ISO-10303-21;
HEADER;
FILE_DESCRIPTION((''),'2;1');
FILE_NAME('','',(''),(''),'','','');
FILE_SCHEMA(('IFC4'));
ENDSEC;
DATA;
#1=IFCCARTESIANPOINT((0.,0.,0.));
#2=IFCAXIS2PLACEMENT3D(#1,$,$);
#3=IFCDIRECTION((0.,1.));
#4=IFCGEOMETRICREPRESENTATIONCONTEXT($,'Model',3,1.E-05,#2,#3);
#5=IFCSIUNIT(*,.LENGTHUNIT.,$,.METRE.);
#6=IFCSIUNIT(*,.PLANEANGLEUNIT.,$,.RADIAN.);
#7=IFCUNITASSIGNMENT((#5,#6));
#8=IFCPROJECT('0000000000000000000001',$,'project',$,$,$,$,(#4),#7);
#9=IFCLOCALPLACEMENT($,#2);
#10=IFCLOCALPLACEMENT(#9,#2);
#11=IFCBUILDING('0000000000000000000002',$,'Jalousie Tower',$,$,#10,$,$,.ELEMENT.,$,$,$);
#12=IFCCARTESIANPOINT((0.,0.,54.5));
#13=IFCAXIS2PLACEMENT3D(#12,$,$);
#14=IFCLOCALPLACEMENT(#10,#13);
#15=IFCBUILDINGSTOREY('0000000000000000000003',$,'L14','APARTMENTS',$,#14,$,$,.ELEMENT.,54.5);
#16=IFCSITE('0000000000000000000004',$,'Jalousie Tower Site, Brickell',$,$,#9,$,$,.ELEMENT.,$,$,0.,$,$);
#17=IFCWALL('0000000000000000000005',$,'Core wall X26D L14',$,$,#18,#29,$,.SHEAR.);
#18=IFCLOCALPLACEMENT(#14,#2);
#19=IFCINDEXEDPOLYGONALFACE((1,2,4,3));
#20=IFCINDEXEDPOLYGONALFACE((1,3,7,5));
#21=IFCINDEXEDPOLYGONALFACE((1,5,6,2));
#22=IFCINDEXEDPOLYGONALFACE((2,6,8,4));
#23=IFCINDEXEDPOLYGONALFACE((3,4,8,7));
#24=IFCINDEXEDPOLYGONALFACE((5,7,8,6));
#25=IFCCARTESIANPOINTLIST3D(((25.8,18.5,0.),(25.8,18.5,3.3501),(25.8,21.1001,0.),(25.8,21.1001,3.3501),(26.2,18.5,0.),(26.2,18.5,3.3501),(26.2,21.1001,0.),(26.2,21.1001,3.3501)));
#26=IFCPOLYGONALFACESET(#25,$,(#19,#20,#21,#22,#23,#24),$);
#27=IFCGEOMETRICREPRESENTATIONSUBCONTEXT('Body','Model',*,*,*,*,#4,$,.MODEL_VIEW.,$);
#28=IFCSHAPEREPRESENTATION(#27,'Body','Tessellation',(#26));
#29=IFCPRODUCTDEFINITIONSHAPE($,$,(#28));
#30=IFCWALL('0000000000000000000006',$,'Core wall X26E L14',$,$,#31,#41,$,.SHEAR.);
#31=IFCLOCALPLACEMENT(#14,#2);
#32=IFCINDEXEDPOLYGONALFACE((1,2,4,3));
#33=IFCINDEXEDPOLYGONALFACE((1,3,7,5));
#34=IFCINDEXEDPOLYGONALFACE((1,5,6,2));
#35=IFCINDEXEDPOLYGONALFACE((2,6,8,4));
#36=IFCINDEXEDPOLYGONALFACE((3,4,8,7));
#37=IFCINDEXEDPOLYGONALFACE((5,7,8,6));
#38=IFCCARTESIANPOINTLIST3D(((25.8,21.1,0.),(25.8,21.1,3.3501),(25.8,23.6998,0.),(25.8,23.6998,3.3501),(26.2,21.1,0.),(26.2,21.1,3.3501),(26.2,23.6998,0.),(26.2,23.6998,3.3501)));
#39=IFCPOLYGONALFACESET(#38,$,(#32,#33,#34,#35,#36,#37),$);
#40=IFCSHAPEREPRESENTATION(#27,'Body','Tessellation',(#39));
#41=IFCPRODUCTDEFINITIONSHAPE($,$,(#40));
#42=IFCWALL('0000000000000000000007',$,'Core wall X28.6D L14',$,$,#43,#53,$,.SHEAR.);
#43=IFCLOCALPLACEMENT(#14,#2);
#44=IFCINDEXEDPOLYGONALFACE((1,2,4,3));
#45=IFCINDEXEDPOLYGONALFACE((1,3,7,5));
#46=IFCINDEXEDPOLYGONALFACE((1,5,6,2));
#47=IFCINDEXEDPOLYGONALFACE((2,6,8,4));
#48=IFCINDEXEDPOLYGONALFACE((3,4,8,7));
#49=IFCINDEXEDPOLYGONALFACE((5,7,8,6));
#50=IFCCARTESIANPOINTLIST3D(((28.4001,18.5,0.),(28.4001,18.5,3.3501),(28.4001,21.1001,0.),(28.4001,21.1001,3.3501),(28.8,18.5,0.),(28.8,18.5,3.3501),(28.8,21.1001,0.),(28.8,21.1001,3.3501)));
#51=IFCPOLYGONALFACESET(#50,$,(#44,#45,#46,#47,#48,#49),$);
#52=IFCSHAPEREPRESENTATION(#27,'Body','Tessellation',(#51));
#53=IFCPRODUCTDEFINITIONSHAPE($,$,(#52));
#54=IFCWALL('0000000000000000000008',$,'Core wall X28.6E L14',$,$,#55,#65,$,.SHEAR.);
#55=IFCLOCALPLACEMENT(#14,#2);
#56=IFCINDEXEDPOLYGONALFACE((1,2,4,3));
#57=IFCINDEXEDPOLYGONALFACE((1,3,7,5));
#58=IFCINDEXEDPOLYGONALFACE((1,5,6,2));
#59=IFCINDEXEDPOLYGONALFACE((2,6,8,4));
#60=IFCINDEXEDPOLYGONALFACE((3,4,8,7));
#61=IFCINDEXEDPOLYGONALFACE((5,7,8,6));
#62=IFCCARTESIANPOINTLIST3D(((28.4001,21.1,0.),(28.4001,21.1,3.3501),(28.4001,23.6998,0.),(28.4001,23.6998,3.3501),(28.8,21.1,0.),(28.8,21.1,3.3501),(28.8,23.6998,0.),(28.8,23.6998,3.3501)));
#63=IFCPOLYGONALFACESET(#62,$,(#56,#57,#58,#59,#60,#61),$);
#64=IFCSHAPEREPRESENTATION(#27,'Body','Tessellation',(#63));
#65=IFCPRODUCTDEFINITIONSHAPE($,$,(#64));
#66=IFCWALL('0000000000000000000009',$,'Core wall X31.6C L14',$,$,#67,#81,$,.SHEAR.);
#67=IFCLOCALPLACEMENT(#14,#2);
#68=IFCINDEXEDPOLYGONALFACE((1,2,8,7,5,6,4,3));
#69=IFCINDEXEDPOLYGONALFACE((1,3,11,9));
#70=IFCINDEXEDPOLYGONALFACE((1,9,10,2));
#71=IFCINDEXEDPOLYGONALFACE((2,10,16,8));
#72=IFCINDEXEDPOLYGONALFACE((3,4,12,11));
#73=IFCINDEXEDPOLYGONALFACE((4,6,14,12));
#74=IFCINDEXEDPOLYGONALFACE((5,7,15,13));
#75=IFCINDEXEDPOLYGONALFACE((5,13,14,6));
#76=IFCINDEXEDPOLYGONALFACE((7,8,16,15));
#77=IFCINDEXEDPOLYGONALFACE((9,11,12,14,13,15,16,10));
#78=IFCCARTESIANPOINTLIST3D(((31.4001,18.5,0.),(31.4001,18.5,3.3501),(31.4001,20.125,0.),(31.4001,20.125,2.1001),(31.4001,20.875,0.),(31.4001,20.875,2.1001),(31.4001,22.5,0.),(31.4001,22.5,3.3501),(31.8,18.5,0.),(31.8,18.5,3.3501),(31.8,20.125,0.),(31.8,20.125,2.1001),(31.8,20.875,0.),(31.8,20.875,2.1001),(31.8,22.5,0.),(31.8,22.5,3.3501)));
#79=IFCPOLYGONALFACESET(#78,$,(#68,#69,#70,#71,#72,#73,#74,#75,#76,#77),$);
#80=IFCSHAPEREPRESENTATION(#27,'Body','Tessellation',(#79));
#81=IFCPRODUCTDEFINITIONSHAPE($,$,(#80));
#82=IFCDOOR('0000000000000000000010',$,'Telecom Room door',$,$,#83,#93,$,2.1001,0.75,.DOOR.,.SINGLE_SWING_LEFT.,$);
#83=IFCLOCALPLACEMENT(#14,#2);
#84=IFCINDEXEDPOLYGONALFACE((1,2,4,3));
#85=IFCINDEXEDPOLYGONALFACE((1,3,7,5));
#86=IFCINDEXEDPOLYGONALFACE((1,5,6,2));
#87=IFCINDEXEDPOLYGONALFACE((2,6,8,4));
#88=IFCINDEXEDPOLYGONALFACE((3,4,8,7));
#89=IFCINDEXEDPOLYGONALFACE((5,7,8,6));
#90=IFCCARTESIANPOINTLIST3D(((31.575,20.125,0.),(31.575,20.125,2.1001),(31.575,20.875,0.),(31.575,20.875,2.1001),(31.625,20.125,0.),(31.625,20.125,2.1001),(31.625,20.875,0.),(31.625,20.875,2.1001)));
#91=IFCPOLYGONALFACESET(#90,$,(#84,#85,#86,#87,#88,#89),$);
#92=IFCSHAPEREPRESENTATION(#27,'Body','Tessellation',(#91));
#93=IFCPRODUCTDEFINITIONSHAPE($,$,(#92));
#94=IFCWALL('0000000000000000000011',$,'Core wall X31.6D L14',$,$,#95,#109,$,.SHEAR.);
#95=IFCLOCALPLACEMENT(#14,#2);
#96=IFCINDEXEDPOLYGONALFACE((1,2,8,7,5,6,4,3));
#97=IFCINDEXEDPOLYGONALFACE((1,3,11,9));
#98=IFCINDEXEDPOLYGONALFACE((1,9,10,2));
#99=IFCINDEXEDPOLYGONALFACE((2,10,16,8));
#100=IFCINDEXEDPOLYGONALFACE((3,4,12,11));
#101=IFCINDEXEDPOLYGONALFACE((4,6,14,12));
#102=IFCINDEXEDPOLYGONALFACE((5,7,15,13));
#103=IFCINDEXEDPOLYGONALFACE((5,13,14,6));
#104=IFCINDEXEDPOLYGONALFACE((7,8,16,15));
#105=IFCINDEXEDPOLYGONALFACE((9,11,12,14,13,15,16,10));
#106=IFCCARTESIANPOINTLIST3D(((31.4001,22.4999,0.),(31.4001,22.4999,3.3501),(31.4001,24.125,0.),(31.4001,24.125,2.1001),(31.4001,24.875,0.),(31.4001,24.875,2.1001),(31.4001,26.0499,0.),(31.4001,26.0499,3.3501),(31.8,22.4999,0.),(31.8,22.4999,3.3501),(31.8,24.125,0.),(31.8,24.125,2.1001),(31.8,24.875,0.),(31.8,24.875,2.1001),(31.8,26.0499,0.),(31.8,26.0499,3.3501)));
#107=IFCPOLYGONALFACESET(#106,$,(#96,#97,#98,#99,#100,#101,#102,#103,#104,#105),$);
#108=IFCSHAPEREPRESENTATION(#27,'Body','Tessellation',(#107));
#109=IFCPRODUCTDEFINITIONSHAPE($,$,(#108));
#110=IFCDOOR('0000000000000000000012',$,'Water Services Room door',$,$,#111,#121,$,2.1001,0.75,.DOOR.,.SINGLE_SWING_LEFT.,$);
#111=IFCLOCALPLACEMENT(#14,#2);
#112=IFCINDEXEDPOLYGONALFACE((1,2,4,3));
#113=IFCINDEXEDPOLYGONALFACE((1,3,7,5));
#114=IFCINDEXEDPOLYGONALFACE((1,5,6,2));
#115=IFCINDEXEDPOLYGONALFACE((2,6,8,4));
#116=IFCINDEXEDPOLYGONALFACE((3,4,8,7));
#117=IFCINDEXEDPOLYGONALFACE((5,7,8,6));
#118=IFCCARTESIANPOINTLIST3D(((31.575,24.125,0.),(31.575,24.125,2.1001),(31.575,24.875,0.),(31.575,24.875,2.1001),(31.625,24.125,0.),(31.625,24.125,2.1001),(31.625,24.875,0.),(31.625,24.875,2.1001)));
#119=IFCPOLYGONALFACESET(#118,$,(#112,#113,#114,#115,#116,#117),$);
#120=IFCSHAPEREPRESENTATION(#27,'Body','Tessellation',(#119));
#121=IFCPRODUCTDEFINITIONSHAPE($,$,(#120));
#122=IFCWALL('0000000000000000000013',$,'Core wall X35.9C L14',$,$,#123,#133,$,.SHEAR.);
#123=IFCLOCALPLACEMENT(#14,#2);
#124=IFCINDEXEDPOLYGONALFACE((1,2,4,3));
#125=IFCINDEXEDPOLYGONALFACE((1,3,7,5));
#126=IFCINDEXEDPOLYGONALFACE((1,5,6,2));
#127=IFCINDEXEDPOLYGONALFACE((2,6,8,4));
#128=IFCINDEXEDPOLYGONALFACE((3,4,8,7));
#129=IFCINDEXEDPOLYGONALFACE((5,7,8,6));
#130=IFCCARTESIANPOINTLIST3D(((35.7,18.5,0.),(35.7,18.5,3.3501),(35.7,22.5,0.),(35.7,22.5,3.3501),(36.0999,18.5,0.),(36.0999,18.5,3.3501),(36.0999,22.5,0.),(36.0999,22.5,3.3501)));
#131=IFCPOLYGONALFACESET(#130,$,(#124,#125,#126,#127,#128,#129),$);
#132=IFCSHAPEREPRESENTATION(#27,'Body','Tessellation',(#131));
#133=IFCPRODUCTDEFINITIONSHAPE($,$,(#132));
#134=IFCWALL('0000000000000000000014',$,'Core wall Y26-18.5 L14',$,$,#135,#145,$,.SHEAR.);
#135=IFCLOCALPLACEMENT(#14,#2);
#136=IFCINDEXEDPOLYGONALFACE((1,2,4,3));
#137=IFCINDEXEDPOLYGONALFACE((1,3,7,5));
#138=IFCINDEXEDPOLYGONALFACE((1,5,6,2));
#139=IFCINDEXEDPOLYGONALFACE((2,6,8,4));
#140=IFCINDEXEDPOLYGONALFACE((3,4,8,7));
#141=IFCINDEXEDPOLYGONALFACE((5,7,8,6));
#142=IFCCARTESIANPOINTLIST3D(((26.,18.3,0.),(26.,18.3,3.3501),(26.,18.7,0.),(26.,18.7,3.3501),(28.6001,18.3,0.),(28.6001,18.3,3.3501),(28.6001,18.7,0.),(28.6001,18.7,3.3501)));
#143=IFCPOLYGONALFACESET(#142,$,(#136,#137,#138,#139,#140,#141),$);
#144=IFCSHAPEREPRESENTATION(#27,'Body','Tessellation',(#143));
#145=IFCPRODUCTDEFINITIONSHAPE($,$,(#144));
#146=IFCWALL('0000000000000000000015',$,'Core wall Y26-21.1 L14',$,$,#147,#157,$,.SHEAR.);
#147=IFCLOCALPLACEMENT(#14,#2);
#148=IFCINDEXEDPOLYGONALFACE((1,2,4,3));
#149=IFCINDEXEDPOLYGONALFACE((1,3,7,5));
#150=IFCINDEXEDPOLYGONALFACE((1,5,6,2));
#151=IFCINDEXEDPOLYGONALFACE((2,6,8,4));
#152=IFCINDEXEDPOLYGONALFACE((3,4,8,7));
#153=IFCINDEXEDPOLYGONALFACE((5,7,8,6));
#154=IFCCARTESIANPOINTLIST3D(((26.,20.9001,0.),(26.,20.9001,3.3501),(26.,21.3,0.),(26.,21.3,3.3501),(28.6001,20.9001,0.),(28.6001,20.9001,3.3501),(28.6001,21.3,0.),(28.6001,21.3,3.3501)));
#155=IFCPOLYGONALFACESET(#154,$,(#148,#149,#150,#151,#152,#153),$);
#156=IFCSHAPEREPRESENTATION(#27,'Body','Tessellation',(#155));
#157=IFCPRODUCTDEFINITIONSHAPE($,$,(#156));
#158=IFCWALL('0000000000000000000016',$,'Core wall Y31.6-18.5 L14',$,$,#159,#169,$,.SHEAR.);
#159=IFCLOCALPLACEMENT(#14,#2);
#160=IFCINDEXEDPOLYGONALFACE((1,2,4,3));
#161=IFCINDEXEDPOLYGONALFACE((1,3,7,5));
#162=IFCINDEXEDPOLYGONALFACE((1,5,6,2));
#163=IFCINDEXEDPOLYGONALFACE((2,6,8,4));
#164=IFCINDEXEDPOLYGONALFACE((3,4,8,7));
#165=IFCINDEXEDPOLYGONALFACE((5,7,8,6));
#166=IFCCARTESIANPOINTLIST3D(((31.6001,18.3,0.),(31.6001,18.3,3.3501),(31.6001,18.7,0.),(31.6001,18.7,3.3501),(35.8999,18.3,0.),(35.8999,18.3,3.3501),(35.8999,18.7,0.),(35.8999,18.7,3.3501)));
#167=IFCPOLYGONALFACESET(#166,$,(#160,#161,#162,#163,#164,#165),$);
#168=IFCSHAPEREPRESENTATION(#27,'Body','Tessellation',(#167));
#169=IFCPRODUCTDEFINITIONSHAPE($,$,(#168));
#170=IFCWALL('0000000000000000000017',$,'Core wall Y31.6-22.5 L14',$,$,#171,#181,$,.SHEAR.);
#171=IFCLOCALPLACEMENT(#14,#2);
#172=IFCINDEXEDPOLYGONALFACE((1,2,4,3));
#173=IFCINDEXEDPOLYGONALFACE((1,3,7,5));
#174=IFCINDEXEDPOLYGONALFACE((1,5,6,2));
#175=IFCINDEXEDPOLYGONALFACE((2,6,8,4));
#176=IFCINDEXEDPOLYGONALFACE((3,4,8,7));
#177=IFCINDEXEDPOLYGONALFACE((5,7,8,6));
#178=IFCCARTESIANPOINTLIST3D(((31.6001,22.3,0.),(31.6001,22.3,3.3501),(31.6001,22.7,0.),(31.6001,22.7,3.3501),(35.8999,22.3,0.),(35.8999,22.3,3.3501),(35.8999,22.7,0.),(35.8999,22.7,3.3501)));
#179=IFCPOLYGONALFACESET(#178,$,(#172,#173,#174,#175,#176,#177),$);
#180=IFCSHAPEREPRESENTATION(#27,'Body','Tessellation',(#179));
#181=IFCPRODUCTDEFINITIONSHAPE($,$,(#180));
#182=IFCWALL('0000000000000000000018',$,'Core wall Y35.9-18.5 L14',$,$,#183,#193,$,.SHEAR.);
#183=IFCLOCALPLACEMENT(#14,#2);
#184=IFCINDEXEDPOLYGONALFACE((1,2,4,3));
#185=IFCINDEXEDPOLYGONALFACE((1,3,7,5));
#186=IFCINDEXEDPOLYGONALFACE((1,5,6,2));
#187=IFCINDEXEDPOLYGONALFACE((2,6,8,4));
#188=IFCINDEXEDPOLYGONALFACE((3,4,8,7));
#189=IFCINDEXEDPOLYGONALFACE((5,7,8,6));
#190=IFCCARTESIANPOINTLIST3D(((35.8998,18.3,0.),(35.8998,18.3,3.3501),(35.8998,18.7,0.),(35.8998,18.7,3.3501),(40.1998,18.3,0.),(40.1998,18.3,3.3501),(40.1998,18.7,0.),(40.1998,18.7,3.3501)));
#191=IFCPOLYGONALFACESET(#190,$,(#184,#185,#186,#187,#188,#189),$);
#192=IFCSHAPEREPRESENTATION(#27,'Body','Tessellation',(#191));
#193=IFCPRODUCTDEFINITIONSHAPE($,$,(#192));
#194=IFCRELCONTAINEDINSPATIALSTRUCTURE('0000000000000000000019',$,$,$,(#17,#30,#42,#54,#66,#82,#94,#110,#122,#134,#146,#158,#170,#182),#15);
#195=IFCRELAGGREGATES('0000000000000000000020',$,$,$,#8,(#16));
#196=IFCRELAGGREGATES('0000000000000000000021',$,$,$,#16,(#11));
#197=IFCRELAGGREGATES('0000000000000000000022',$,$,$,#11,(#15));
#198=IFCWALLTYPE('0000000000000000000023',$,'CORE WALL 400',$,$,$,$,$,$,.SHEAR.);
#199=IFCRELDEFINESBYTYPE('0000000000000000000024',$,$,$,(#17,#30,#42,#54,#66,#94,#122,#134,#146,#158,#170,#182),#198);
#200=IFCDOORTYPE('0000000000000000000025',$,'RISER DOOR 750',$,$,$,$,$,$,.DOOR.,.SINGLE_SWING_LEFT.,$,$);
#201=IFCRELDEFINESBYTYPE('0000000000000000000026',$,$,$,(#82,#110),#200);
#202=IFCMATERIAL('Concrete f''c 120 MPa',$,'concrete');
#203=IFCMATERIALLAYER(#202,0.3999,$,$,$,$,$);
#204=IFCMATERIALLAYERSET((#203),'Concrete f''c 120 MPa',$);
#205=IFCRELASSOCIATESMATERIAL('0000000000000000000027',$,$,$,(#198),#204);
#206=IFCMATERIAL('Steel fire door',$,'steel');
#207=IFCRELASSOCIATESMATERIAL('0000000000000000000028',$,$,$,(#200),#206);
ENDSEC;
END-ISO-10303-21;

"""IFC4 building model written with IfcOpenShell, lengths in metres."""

from ifc_helpers import new_model, si_unit, direction, frame, frame_2d, origin, place, context, subcontext, project, spatial, rectangle, extrude, material, layer, layer_set, type_object, element, fill, save


model = new_model("IFC4")

# Units and contexts
model_context = context("Model", 3, precision=1e-05, world=origin(), true_north=direction((0.0, 1.0)))
body_context = subcontext(model_context, "Body", "Model", "MODEL_VIEW")
ifc_project = project(units=[si_unit("LENGTHUNIT", "METRE"), si_unit("PLANEANGLEUNIT", "RADIAN")], contexts=[model_context])

# Site, building, storey
site_placement = place(None, origin())
site = spatial("IfcSite", under=ifc_project, at=site_placement, Name="Jalousie Tower Site, Brickell", CompositionType="ELEMENT", RefElevation=0.0)
building_placement = place(site_placement, origin())
building = spatial("IfcBuilding", under=site, at=building_placement, Name="Jalousie Tower", CompositionType="ELEMENT")
storey_placement = place(building_placement, frame((0.0, 0.0, 54.5)))
storey = spatial("IfcBuildingStorey", under=building, at=storey_placement, Name="L14", Description="APARTMENTS", CompositionType="ELEMENT", Elevation=54.5)

# Walls
ifc_material_1 = material(Name="Concrete f'c 120 MPa", Category="concrete")
ifc_layer = layer(ifc_material_1, 0.3999)
ifc_layer_set = layer_set([ifc_layer], Name="Concrete f'c 120 MPa")
wall_type_1 = type_object("IfcWallType", Name="CORE WALL 400", PredefinedType="SHEAR", material=ifc_layer_set)
wall_1_placement = place(storey_placement, frame((26.0, 18.5, 0.0), z_axis=(0.0, 0.0, 1.0), x_axis=(0.0, 1.0, 0.0)))
element("IfcWall", 1, at=wall_1_placement, inside=storey, type_object=wall_type_1, Name="Core wall X26D L14", PredefinedType="SHEAR", context=body_context, shape_type="SweptSolid", body=[
    extrude(rectangle(XDim=2.6001, YDim=0.3999, at=frame_2d((1.3, 0.0))), origin(), (0.0, 0.0, 1.0), 3.3501),
])
wall_2_placement = place(storey_placement, frame((26.0, 21.1001, 0.0), z_axis=(0.0, 0.0, 1.0), x_axis=(0.0, 1.0, 0.0)))
element("IfcWall", 2, at=wall_2_placement, inside=storey, type_object=wall_type_1, Name="Core wall X26E L14", PredefinedType="SHEAR", context=body_context, shape_type="SweptSolid", body=[
    extrude(rectangle(XDim=2.5999, YDim=0.3999, at=frame_2d((1.2998, 0.0))), origin(), (0.0, 0.0, 1.0), 3.3501),
])
wall_3_placement = place(storey_placement, frame((28.6001, 18.5, 0.0), z_axis=(0.0, 0.0, 1.0), x_axis=(0.0, 1.0, 0.0)))
element("IfcWall", 3, at=wall_3_placement, inside=storey, type_object=wall_type_1, Name="Core wall X28.6D L14", PredefinedType="SHEAR", context=body_context, shape_type="SweptSolid", body=[
    extrude(rectangle(XDim=2.6001, YDim=0.3999, at=frame_2d((1.3, 0.0))), origin(), (0.0, 0.0, 1.0), 3.3501),
])
wall_4_placement = place(storey_placement, frame((28.6001, 21.1001, 0.0), z_axis=(0.0, 0.0, 1.0), x_axis=(0.0, 1.0, 0.0)))
element("IfcWall", 4, at=wall_4_placement, inside=storey, type_object=wall_type_1, Name="Core wall X28.6E L14", PredefinedType="SHEAR", context=body_context, shape_type="SweptSolid", body=[
    extrude(rectangle(XDim=2.5999, YDim=0.3999, at=frame_2d((1.2998, 0.0))), origin(), (0.0, 0.0, 1.0), 3.3501),
])

# Walls, openings, doors
wall_5_placement = place(storey_placement, frame((31.6001, 18.5, 0.0), z_axis=(0.0, 0.0, 1.0), x_axis=(0.0, 1.0, 0.0)))
wall_5 = element("IfcWall", 5, at=wall_5_placement, inside=storey, type_object=wall_type_1, Name="Core wall X31.6C L14", PredefinedType="SHEAR", context=body_context, shape_type="SweptSolid", body=[
    extrude(rectangle(XDim=4.0, YDim=0.3999, at=frame_2d((2.0, 0.0))), origin(), (0.0, 0.0, 1.0), 3.3501),
])
opening_1_placement = place(wall_5_placement, frame((1.625, 0.0, 0.0)))
opening_1 = element("IfcOpeningElement", 6, at=opening_1_placement, cuts=wall_5, PredefinedType="OPENING", context=body_context, shape_type="SweptSolid", body=[
    extrude(rectangle(XDim=0.75, YDim=2.1001, at=frame_2d((0.375, 1.05))), frame((0.0, 0.21, 0.0), z_axis=(0.0, -1.0, 0.0), x_axis=(1.0, 0.0, 0.0)), (0.0, 0.0, 1.0), 0.4199),
])
ifc_material_2 = material(Name="Steel fire door", Category="steel")
door_type_1 = type_object("IfcDoorType", Name="RISER DOOR 750", OperationType="SINGLE_SWING_LEFT", PredefinedType="DOOR", material=ifc_material_2)
door_1_placement = place(opening_1_placement, frame((0.75, 0.0, 0.0), z_axis=(0.0, 0.0, 1.0), x_axis=(-1.0, 0.0, 0.0)))
door_1 = element("IfcDoor", 7, at=door_1_placement, inside=storey, type_object=door_type_1, Name="Telecom Room door", OperationType="SINGLE_SWING_LEFT", OverallHeight=2.1001, OverallWidth=0.75, PredefinedType="DOOR", context=body_context, shape_type="SweptSolid", body=[
    extrude(rectangle(XDim=0.75, YDim=2.1001, at=frame_2d((0.375, 1.05))), frame((0.0, 0.0249, 0.0), z_axis=(0.0, -1.0, 0.0), x_axis=(1.0, 0.0, 0.0)), (0.0, 0.0, 1.0), 0.05),
])
fill(opening_1, door_1)
wall_6_placement = place(storey_placement, frame((31.6001, 22.5, 0.0), z_axis=(0.0, 0.0, 1.0), x_axis=(0.0, 1.0, 0.0)))
wall_6 = element("IfcWall", 8, at=wall_6_placement, inside=storey, type_object=wall_type_1, Name="Core wall X31.6D L14", PredefinedType="SHEAR", context=body_context, shape_type="SweptSolid", body=[
    extrude(rectangle(XDim=3.55, YDim=0.3999, at=frame_2d((1.7749, 0.0))), origin(), (0.0, 0.0, 1.0), 3.3501),
])
opening_2_placement = place(wall_6_placement, frame((1.625, 0.0, 0.0)))
opening_2 = element("IfcOpeningElement", 9, at=opening_2_placement, cuts=wall_6, PredefinedType="OPENING", context=body_context, shape_type="SweptSolid", body=[
    extrude(rectangle(XDim=0.75, YDim=2.1001, at=frame_2d((0.375, 1.05))), frame((0.0, 0.21, 0.0), z_axis=(0.0, -1.0, 0.0), x_axis=(1.0, 0.0, 0.0)), (0.0, 0.0, 1.0), 0.4199),
])
door_2_placement = place(opening_2_placement, frame((0.75, 0.0, 0.0), z_axis=(0.0, 0.0, 1.0), x_axis=(-1.0, 0.0, 0.0)))
door_2 = element("IfcDoor", 10, at=door_2_placement, inside=storey, type_object=door_type_1, Name="Water Services Room door", OperationType="SINGLE_SWING_LEFT", OverallHeight=2.1001, OverallWidth=0.75, PredefinedType="DOOR", context=body_context, shape_type="SweptSolid", body=[
    extrude(rectangle(XDim=0.75, YDim=2.1001, at=frame_2d((0.375, 1.05))), frame((0.0, 0.0249, 0.0), z_axis=(0.0, -1.0, 0.0), x_axis=(1.0, 0.0, 0.0)), (0.0, 0.0, 1.0), 0.05),
])
fill(opening_2, door_2)

# Walls
wall_7_placement = place(storey_placement, frame((35.8999, 18.5, 0.0), z_axis=(0.0, 0.0, 1.0), x_axis=(0.0, 1.0, 0.0)))
element("IfcWall", 11, at=wall_7_placement, inside=storey, type_object=wall_type_1, Name="Core wall X35.9C L14", PredefinedType="SHEAR", context=body_context, shape_type="SweptSolid", body=[
    extrude(rectangle(XDim=4.0, YDim=0.3999, at=frame_2d((2.0, 0.0))), origin(), (0.0, 0.0, 1.0), 3.3501),
])
for number, where, z_axis, x_axis, name in (
    (12, (26.0, 18.5, 0.0), (0.0, 0.0, 1.0), (1.0, 0.0, 0.0), "Core wall Y26-18.5 L14"),
    (13, (26.0, 21.1001, 0.0), (0.0, 0.0, 1.0), (1.0, 0.0, 0.0), "Core wall Y26-21.1 L14"),
):
    element("IfcWall", number, at=place(storey_placement, frame(where, z_axis=z_axis, x_axis=x_axis)), inside=storey, type_object=wall_type_1, Name=name, PredefinedType="SHEAR", context=body_context, shape_type="SweptSolid", body=[
        extrude(rectangle(XDim=2.6001, YDim=0.3999, at=frame_2d((1.3, 0.0))), origin(), (0.0, 0.0, 1.0), 3.3501),
    ])
for number, where, z_axis, x_axis, name in (
    (14, (31.6001, 18.5, 0.0), (0.0, 0.0, 1.0), (1.0, 0.0, 0.0), "Core wall Y31.6-18.5 L14"),
    (15, (31.6001, 22.5, 0.0), (0.0, 0.0, 1.0), (1.0, 0.0, 0.0), "Core wall Y31.6-22.5 L14"),
):
    element("IfcWall", number, at=place(storey_placement, frame(where, z_axis=z_axis, x_axis=x_axis)), inside=storey, type_object=wall_type_1, Name=name, PredefinedType="SHEAR", context=body_context, shape_type="SweptSolid", body=[
        extrude(rectangle(XDim=4.2998, YDim=0.3999, at=frame_2d((2.1499, 0.0))), origin(), (0.0, 0.0, 1.0), 3.3501),
    ])
wall_8_placement = place(storey_placement, frame((35.8999, 18.5, 0.0), z_axis=(0.0, 0.0, 1.0), x_axis=(1.0, 0.0, 0.0)))
element("IfcWall", 16, at=wall_8_placement, inside=storey, type_object=wall_type_1, Name="Core wall Y35.9-18.5 L14", PredefinedType="SHEAR", context=body_context, shape_type="SweptSolid", body=[
    extrude(rectangle(XDim=4.3, YDim=0.3999, at=frame_2d((2.1499, 0.0))), origin(), (0.0, 0.0, 1.0), 3.3501),
])

save(model, "model.ifc")
